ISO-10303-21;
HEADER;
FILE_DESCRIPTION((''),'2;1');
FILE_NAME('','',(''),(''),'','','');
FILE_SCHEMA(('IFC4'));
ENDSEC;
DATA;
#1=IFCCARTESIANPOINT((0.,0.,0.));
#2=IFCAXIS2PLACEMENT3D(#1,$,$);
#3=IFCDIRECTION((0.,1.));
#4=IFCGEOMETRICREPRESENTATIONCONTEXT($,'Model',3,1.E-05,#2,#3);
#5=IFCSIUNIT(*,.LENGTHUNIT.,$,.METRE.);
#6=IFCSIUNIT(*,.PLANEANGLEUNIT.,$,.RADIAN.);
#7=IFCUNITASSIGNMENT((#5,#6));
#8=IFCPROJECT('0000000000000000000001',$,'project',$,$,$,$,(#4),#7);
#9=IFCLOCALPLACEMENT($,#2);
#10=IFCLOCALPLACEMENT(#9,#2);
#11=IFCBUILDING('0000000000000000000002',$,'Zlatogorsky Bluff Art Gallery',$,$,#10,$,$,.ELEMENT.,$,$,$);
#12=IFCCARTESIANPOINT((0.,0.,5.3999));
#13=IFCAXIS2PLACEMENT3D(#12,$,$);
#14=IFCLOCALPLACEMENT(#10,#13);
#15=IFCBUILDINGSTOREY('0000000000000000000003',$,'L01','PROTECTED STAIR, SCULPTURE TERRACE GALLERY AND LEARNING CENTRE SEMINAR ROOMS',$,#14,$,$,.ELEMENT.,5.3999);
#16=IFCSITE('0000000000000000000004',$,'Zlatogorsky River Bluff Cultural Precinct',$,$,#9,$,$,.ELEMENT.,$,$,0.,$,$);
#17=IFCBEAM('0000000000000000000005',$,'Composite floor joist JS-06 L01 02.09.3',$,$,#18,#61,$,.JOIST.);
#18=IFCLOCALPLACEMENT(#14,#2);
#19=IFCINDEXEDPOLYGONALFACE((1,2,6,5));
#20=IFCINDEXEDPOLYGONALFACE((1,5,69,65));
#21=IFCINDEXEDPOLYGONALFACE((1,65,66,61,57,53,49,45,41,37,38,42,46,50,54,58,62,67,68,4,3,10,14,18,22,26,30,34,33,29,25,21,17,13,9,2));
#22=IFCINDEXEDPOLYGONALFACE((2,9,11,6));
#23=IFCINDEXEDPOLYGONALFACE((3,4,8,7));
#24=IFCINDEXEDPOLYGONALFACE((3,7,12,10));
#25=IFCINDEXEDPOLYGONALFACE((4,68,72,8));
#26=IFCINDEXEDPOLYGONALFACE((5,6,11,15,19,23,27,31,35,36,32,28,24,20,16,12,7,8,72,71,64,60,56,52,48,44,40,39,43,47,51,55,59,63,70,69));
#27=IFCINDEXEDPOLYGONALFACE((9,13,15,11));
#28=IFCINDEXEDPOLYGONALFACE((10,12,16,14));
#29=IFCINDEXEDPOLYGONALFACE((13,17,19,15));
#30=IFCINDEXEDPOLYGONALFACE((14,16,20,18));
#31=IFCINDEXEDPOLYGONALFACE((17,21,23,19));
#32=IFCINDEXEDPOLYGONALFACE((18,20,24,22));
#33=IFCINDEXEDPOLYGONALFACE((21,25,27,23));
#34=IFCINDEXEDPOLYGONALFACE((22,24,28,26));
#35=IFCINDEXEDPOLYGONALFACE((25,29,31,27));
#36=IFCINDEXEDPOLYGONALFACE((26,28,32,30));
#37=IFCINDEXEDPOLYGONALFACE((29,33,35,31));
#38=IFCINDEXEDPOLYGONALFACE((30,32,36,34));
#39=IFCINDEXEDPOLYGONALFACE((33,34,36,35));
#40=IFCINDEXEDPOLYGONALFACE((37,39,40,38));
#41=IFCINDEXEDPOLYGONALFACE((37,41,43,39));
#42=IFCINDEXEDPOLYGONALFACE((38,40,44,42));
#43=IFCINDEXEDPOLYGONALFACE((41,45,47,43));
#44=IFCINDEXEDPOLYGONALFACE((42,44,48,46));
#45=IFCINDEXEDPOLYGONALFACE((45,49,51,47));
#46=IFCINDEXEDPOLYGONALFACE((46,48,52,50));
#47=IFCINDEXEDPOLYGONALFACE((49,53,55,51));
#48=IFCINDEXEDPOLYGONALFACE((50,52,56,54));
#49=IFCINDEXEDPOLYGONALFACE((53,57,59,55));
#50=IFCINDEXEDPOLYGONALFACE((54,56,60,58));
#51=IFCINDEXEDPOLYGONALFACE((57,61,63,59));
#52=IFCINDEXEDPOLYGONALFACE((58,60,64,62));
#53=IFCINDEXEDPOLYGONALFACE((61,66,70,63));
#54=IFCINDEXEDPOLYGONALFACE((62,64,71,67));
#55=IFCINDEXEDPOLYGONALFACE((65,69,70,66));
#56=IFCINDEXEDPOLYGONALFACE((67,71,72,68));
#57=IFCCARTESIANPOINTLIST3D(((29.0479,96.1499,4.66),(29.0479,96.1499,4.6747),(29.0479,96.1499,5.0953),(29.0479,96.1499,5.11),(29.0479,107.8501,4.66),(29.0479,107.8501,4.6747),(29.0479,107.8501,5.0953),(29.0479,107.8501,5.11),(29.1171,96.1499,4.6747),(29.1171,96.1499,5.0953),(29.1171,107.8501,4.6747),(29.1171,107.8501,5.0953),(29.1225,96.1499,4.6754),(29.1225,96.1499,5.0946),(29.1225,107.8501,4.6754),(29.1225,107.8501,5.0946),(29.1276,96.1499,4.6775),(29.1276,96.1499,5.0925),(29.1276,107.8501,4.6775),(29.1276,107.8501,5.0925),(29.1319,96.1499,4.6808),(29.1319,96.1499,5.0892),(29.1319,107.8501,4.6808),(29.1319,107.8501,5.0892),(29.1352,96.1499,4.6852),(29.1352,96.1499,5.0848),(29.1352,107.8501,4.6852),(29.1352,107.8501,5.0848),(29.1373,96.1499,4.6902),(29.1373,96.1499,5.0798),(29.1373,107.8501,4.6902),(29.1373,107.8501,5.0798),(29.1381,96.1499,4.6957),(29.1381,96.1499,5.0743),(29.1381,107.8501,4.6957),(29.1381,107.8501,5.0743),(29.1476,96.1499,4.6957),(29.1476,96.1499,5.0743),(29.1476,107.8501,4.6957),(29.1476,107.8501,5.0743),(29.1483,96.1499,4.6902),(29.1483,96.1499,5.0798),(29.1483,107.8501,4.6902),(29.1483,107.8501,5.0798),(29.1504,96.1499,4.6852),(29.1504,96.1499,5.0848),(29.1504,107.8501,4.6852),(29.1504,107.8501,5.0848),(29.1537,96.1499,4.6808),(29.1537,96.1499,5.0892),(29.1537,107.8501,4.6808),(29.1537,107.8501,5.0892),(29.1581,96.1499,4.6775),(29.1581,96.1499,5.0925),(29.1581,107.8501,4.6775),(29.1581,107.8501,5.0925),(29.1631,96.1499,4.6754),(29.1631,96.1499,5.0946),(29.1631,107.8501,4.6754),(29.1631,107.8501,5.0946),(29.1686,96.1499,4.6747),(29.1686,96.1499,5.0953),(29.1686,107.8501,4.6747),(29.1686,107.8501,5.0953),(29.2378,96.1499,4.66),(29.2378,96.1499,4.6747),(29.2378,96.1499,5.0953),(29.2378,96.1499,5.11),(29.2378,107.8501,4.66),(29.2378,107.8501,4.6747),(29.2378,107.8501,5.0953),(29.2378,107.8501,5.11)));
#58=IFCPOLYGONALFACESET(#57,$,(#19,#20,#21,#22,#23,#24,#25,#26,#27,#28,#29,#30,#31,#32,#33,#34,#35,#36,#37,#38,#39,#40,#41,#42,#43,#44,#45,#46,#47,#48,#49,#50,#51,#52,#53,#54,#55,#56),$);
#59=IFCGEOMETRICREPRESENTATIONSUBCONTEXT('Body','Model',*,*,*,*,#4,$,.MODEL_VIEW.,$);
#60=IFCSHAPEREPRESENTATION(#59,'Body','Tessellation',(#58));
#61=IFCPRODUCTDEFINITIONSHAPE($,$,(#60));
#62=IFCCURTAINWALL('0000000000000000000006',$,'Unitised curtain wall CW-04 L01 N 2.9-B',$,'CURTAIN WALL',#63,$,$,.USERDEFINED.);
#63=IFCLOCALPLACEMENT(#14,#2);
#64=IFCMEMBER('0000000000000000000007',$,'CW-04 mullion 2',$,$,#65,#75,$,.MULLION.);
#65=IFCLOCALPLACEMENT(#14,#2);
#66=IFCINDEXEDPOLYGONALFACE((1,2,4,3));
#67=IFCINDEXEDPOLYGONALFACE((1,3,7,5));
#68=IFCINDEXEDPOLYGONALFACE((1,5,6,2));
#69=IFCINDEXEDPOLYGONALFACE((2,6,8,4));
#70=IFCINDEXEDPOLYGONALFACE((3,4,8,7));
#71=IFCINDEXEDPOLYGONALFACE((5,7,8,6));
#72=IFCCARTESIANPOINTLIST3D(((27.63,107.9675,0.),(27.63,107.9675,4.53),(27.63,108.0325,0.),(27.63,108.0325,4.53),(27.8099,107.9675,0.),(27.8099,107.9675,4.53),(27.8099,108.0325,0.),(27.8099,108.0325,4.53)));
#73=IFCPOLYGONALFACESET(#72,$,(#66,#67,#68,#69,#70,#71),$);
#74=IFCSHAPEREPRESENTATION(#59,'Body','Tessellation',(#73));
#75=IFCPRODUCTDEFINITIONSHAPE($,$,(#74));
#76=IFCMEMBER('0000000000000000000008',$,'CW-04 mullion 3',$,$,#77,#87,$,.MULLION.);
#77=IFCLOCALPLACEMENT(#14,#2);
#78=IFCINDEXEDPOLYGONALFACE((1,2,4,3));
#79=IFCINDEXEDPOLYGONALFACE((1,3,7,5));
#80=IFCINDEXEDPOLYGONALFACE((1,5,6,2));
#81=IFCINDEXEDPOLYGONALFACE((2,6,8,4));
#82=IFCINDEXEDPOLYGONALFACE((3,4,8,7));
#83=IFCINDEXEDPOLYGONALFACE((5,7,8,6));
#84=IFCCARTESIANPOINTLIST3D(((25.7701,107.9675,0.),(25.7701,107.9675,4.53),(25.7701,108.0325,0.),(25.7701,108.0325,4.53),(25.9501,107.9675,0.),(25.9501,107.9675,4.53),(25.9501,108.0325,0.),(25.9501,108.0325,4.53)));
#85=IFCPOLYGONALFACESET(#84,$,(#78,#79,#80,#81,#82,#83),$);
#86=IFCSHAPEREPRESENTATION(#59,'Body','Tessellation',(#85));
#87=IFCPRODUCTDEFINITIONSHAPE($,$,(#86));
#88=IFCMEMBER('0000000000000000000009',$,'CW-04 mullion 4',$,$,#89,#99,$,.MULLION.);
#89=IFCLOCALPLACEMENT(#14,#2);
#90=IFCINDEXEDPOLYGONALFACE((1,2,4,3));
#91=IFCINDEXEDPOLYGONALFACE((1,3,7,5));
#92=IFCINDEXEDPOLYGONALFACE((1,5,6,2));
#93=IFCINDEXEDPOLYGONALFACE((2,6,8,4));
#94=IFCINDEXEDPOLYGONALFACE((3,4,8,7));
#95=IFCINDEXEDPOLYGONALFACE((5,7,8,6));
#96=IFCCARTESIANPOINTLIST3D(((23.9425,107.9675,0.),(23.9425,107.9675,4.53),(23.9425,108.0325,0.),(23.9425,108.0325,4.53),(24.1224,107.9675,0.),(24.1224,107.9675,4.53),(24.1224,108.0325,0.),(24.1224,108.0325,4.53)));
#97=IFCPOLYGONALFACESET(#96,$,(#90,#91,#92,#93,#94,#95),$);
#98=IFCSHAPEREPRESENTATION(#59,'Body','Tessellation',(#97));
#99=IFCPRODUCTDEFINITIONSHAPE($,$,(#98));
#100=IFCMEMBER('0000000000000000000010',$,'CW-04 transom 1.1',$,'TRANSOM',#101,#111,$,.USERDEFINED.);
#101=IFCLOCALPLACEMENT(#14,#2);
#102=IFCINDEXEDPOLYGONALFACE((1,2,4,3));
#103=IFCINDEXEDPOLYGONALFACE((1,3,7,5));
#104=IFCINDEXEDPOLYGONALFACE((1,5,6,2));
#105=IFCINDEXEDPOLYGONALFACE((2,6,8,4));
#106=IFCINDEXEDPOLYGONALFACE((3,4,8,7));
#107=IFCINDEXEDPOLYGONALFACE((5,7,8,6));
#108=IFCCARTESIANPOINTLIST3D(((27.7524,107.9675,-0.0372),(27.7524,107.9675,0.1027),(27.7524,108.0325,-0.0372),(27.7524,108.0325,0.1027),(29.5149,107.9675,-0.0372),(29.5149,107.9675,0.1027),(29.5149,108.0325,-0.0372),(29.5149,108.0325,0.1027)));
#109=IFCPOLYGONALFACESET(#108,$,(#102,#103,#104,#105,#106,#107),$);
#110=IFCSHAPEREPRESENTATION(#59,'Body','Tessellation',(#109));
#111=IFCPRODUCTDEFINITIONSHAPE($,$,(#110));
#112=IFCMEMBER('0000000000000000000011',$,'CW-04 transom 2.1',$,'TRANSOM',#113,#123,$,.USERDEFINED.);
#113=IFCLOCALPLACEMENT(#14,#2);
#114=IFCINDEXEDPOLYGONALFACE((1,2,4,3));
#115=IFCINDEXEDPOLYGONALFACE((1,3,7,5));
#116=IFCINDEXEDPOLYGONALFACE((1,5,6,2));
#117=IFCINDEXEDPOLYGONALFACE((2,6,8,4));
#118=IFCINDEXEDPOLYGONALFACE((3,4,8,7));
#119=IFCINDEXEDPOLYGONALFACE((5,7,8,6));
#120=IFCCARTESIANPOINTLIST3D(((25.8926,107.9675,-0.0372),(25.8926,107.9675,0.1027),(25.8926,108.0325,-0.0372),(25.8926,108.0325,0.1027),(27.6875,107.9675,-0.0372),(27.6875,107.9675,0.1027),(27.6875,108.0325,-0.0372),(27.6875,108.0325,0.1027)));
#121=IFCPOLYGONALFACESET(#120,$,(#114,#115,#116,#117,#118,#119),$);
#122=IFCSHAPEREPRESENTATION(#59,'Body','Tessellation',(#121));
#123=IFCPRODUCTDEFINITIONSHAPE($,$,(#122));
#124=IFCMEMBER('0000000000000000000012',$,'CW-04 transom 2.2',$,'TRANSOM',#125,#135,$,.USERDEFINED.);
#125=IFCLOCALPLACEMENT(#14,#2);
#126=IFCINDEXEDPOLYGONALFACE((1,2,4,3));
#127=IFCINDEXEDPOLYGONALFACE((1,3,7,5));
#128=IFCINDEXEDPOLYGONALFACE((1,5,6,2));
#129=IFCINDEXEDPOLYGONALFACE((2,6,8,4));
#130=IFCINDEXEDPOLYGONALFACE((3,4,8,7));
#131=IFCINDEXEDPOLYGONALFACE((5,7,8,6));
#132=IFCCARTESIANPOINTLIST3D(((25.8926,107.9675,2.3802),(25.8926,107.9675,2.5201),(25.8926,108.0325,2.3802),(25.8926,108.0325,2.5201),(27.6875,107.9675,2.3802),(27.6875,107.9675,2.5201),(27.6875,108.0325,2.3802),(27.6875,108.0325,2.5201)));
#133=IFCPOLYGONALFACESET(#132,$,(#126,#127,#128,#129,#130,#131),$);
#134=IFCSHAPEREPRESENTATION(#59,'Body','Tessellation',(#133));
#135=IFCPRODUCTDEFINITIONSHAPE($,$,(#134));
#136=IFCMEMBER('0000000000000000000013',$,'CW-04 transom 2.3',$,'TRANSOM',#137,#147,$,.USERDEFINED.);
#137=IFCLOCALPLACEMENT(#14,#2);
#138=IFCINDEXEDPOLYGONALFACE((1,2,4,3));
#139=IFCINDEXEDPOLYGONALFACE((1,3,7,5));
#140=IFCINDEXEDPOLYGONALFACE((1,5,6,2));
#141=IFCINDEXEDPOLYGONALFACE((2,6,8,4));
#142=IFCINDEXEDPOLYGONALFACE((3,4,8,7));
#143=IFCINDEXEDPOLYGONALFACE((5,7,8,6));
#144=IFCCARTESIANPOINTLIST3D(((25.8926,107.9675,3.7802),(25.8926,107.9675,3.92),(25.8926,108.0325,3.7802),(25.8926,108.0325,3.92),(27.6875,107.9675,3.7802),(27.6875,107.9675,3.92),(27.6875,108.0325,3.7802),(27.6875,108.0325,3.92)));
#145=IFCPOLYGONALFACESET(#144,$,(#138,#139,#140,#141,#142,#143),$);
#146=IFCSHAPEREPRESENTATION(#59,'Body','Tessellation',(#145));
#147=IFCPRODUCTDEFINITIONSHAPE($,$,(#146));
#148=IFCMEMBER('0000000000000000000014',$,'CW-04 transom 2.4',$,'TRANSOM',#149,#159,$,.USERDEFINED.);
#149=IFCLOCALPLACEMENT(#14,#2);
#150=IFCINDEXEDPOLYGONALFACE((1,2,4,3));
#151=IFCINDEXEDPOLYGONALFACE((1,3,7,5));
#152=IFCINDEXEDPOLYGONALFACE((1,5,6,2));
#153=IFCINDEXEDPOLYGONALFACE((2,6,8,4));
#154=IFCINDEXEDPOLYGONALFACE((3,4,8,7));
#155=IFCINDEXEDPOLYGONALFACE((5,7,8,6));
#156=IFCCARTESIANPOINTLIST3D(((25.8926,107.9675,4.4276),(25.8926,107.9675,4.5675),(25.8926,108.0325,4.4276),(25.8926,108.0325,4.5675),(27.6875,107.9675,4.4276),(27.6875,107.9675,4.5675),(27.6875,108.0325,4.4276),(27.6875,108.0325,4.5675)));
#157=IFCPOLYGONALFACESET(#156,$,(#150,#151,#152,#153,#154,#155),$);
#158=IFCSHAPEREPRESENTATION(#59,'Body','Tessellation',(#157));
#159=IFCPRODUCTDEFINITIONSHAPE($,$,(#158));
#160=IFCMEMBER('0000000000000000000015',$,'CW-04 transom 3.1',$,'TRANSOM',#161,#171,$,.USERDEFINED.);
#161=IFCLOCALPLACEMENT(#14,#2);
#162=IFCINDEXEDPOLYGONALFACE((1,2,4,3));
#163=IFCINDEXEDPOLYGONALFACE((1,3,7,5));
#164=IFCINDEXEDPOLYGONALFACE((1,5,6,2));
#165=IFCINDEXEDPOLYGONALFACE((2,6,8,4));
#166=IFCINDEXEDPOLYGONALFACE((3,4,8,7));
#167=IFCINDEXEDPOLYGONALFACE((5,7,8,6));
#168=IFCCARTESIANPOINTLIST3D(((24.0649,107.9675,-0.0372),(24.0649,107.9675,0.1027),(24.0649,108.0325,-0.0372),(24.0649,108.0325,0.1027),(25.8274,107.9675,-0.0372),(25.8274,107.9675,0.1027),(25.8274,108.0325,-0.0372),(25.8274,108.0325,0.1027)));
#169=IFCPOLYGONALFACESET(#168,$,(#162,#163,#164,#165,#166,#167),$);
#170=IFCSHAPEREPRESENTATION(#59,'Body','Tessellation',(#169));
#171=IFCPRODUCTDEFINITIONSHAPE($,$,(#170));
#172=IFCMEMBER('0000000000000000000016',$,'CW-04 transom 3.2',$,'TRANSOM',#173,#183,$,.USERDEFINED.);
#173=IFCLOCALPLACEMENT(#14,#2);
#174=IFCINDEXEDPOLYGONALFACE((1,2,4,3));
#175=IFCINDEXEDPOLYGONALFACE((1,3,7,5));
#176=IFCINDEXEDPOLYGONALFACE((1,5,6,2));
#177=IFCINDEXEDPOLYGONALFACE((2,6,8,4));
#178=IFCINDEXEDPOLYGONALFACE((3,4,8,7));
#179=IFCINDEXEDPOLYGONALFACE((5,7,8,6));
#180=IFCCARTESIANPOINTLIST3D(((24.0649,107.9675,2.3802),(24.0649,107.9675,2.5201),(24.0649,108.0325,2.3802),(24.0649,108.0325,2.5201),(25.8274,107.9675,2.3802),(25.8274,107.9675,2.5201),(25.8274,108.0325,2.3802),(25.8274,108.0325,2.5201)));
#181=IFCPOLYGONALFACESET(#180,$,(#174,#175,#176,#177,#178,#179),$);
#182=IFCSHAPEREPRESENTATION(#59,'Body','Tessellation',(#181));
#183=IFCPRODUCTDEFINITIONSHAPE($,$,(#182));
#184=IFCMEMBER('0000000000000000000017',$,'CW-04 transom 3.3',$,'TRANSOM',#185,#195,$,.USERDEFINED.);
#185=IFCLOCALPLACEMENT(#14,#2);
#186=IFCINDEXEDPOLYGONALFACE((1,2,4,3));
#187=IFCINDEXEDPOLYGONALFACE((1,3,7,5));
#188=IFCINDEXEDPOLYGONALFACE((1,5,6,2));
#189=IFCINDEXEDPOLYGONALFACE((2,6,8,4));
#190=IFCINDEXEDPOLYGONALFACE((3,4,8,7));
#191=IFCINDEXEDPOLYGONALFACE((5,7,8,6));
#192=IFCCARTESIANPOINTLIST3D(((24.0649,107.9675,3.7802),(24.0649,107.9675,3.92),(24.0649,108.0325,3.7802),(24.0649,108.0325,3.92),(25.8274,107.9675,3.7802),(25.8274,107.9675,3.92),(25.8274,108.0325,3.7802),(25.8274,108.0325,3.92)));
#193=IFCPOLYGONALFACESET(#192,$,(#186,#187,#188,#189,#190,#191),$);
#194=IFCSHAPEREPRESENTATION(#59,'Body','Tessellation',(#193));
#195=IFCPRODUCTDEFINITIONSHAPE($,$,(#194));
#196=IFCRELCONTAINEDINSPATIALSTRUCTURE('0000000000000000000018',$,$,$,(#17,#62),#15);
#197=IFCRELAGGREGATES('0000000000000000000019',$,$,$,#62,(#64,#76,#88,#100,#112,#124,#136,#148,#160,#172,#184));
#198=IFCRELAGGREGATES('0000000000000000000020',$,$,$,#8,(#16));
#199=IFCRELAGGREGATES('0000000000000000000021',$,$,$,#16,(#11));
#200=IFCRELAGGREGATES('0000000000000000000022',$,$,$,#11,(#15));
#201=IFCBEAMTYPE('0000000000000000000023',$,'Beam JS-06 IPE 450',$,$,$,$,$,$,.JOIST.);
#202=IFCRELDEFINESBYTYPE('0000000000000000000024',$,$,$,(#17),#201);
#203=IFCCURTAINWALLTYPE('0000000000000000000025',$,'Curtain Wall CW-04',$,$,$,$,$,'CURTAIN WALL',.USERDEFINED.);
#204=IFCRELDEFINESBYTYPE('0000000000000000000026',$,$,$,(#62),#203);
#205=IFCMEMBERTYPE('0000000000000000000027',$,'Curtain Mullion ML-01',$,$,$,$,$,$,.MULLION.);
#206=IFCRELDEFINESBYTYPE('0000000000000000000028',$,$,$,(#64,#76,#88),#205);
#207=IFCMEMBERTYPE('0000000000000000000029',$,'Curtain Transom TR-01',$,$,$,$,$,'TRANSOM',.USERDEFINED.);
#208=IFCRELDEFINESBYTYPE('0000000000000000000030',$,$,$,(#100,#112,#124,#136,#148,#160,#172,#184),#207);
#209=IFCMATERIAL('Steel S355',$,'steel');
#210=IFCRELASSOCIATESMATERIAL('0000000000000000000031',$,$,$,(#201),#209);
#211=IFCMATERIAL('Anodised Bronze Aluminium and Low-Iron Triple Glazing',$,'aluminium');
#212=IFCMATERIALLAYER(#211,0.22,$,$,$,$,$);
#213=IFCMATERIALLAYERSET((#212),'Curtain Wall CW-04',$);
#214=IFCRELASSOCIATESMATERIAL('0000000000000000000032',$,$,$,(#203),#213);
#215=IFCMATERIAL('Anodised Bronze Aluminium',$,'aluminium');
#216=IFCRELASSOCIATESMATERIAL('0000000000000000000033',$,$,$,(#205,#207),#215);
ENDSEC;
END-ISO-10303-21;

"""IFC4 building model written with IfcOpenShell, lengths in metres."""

from ifc_helpers import new_model, si_unit, direction, frame, origin, origin_2d, place, context, subcontext, project, spatial, rectangle, i_section, extrude, material, layer, layer_set, material_profile, profile_set, type_object, element, aggregate, save


model = new_model("IFC4")

# Units and contexts
model_context = context("Model", 3, precision=1e-05, world=origin(), true_north=direction((0.0, 1.0)))
body_context = subcontext(model_context, "Body", "Model", "MODEL_VIEW")
ifc_project = project(units=[si_unit("LENGTHUNIT", "METRE"), si_unit("PLANEANGLEUNIT", "RADIAN")], contexts=[model_context])

# Site, building, storey
site_placement = place(None, origin())
site = spatial("IfcSite", under=ifc_project, at=site_placement, Name="Zlatogorsky River Bluff Cultural Precinct", CompositionType="ELEMENT", RefElevation=0.0)
building_placement = place(site_placement, origin())
building = spatial("IfcBuilding", under=site, at=building_placement, Name="Zlatogorsky Bluff Art Gallery", CompositionType="ELEMENT")
storey_placement = place(building_placement, frame((0.0, 0.0, 5.3999)))
storey = spatial("IfcBuildingStorey", under=building, at=storey_placement, Name="L01", Description="PROTECTED STAIR, SCULPTURE TERRACE GALLERY AND LEARNING CENTRE SEMINAR ROOMS", CompositionType="ELEMENT", Elevation=5.3999)

# Beam
ifc_material_1 = material(Name="Steel S355", Category="steel")
ifc_material_profile_1 = material_profile(ifc_material_1, i_section(OverallWidth=0.1899, OverallDepth=0.45, WebThickness=0.0095, FlangeThickness=0.0146, FilletRadius=0.021, at=origin_2d()), Name="IPE 450")
ifc_profile_set_1 = profile_set([ifc_material_profile_1], Name="Steel S355")
beam_type_1 = type_object("IfcBeamType", Name="Beam JS-06 IPE 450", PredefinedType="JOIST", material=ifc_profile_set_1)
for number, where, z_axis, x_axis, name in (
    (1, (29.1428, 96.1499, 4.885), (0.0, 1.0, 0.0), (-1.0, 0.0, 0.0), "Composite floor joist JS-06 L01 02.09.3"),
):
    element("IfcBeam", number, at=place(storey_placement, frame(where, z_axis=z_axis, x_axis=x_axis)), inside=storey, type_object=beam_type_1, Name=name, PredefinedType="JOIST", context=body_context, shape_type="SweptSolid", body=[
        extrude(i_section(OverallWidth=0.1899, OverallDepth=0.45, WebThickness=0.0095, FlangeThickness=0.0146, FilletRadius=0.021, at=origin_2d()), origin(), (0.0, 0.0, 1.0), 11.7002),
    ])

# Curtain wall, members
ifc_material_2 = material(Name="Anodised Bronze Aluminium and Low-Iron Triple Glazing", Category="aluminium")
ifc_layer_1 = layer(ifc_material_2, 0.22)
ifc_layer_set_1 = layer_set([ifc_layer_1], Name="Curtain Wall CW-04")
curtain_wall_type = type_object("IfcCurtainWallType", Name="Curtain Wall CW-04", ElementType="CURTAIN WALL", PredefinedType="USERDEFINED", material=ifc_layer_set_1)
curtain_wall_placement = place(storey_placement, origin())
curtain_wall = element("IfcCurtainWall", 2, at=curtain_wall_placement, inside=storey, type_object=curtain_wall_type, Name="Unitised curtain wall CW-04 L01 N 2.9-B", ObjectType="CURTAIN WALL", PredefinedType="USERDEFINED")
ifc_material_3 = material(Name="Anodised Bronze Aluminium", Category="aluminium")
ifc_material_profile_2 = material_profile(ifc_material_3, rectangle(XDim=0.0649, YDim=0.1799, at=origin_2d()), Name="ALU MULLION 65x180")
ifc_profile_set_2 = profile_set([ifc_material_profile_2], Name="Anodised Bronze Aluminium")
member_type_1 = type_object("IfcMemberType", Name="Curtain Mullion ML-01", PredefinedType="MULLION", material=ifc_profile_set_2)
member_1_placement = place(storey_placement, frame((27.72, 108.0, 0.0), z_axis=(0.0, 0.0, 1.0), x_axis=(0.0, -1.0, 0.0)))
member_1 = element("IfcMember", 3, at=member_1_placement, type_object=member_type_1, Name="CW-04 mullion 2", PredefinedType="MULLION", context=body_context, shape_type="SweptSolid", body=[
    extrude(rectangle(XDim=0.0649, YDim=0.1799, at=origin_2d()), origin(), (0.0, 0.0, 1.0), 4.53),
])
member_2_placement = place(storey_placement, frame((25.8601, 108.0, 0.0), z_axis=(0.0, 0.0, 1.0), x_axis=(0.0, -1.0, 0.0)))
member_2 = element("IfcMember", 4, at=member_2_placement, type_object=member_type_1, Name="CW-04 mullion 3", PredefinedType="MULLION", context=body_context, shape_type="SweptSolid", body=[
    extrude(rectangle(XDim=0.0649, YDim=0.1799, at=origin_2d()), origin(), (0.0, 0.0, 1.0), 4.53),
])
member_3_placement = place(storey_placement, frame((24.0325, 108.0, 0.0), z_axis=(0.0, 0.0, 1.0), x_axis=(0.0, -1.0, 0.0)))
member_3 = element("IfcMember", 5, at=member_3_placement, type_object=member_type_1, Name="CW-04 mullion 4", PredefinedType="MULLION", context=body_context, shape_type="SweptSolid", body=[
    extrude(rectangle(XDim=0.0649, YDim=0.1799, at=origin_2d()), origin(), (0.0, 0.0, 1.0), 4.53),
])
ifc_material_profile_3 = material_profile(ifc_material_3, rectangle(XDim=0.0649, YDim=0.1399, at=origin_2d()), Name="ALU TRANSOM 65x140")
ifc_profile_set_3 = profile_set([ifc_material_profile_3], Name="Anodised Bronze Aluminium")
member_type_2 = type_object("IfcMemberType", Name="Curtain Transom TR-01", ElementType="TRANSOM", PredefinedType="USERDEFINED", material=ifc_profile_set_3)
member_4_placement = place(storey_placement, frame((29.5149, 108.0, 0.0327), z_axis=(-1.0, 0.0, 0.0), x_axis=(0.0, -1.0, 0.0)))
member_4 = element("IfcMember", 6, at=member_4_placement, type_object=member_type_2, Name="CW-04 transom 1.1", ObjectType="TRANSOM", PredefinedType="USERDEFINED", context=body_context, shape_type="SweptSolid", body=[
    extrude(rectangle(XDim=0.0649, YDim=0.1399, at=origin_2d()), origin(), (0.0, 0.0, 1.0), 1.7625),
])
member_5_placement = place(storey_placement, frame((27.6875, 108.0, 0.0327), z_axis=(-1.0, 0.0, 0.0), x_axis=(0.0, -1.0, 0.0)))
member_5 = element("IfcMember", 7, at=member_5_placement, type_object=member_type_2, Name="CW-04 transom 2.1", ObjectType="TRANSOM", PredefinedType="USERDEFINED", context=body_context, shape_type="SweptSolid", body=[
    extrude(rectangle(XDim=0.0649, YDim=0.1399, at=origin_2d()), origin(), (0.0, 0.0, 1.0), 1.7949),
])
member_6_placement = place(storey_placement, frame((27.6875, 108.0, 2.4502), z_axis=(-1.0, 0.0, 0.0), x_axis=(0.0, -1.0, 0.0)))
member_6 = element("IfcMember", 8, at=member_6_placement, type_object=member_type_2, Name="CW-04 transom 2.2", ObjectType="TRANSOM", PredefinedType="USERDEFINED", context=body_context, shape_type="SweptSolid", body=[
    extrude(rectangle(XDim=0.0649, YDim=0.1399, at=origin_2d()), origin(), (0.0, 0.0, 1.0), 1.7949),
])
member_7_placement = place(storey_placement, frame((27.6875, 108.0, 3.8501), z_axis=(-1.0, 0.0, 0.0), x_axis=(0.0, -1.0, 0.0)))
member_7 = element("IfcMember", 9, at=member_7_placement, type_object=member_type_2, Name="CW-04 transom 2.3", ObjectType="TRANSOM", PredefinedType="USERDEFINED", context=body_context, shape_type="SweptSolid", body=[
    extrude(rectangle(XDim=0.0649, YDim=0.1399, at=origin_2d()), origin(), (0.0, 0.0, 1.0), 1.7949),
])
member_8_placement = place(storey_placement, frame((27.6875, 108.0, 4.4976), z_axis=(-1.0, 0.0, 0.0), x_axis=(0.0, -1.0, 0.0)))
member_8 = element("IfcMember", 10, at=member_8_placement, type_object=member_type_2, Name="CW-04 transom 2.4", ObjectType="TRANSOM", PredefinedType="USERDEFINED", context=body_context, shape_type="SweptSolid", body=[
    extrude(rectangle(XDim=0.0649, YDim=0.1399, at=origin_2d()), origin(), (0.0, 0.0, 1.0), 1.7949),
])
member_9_placement = place(storey_placement, frame((25.8274, 108.0, 0.0327), z_axis=(-1.0, 0.0, 0.0), x_axis=(0.0, -1.0, 0.0)))
member_9 = element("IfcMember", 11, at=member_9_placement, type_object=member_type_2, Name="CW-04 transom 3.1", ObjectType="TRANSOM", PredefinedType="USERDEFINED", context=body_context, shape_type="SweptSolid", body=[
    extrude(rectangle(XDim=0.0649, YDim=0.1399, at=origin_2d()), origin(), (0.0, 0.0, 1.0), 1.7625),
])
member_10_placement = place(storey_placement, frame((25.8274, 108.0, 2.4502), z_axis=(-1.0, 0.0, 0.0), x_axis=(0.0, -1.0, 0.0)))
member_10 = element("IfcMember", 12, at=member_10_placement, type_object=member_type_2, Name="CW-04 transom 3.2", ObjectType="TRANSOM", PredefinedType="USERDEFINED", context=body_context, shape_type="SweptSolid", body=[
    extrude(rectangle(XDim=0.0649, YDim=0.1399, at=origin_2d()), origin(), (0.0, 0.0, 1.0), 1.7625),
])
member_11_placement = place(storey_placement, frame((25.8274, 108.0, 3.8501), z_axis=(-1.0, 0.0, 0.0), x_axis=(0.0, -1.0, 0.0)))
member_11 = element("IfcMember", 13, at=member_11_placement, type_object=member_type_2, Name="CW-04 transom 3.3", ObjectType="TRANSOM", PredefinedType="USERDEFINED", context=body_context, shape_type="SweptSolid", body=[
    extrude(rectangle(XDim=0.0649, YDim=0.1399, at=origin_2d()), origin(), (0.0, 0.0, 1.0), 1.7625),
])
aggregate(curtain_wall, [member_1, member_2, member_3, member_4, member_5, member_6, member_7, member_8, member_9, member_10, member_11])

save(model, "model.ifc")
